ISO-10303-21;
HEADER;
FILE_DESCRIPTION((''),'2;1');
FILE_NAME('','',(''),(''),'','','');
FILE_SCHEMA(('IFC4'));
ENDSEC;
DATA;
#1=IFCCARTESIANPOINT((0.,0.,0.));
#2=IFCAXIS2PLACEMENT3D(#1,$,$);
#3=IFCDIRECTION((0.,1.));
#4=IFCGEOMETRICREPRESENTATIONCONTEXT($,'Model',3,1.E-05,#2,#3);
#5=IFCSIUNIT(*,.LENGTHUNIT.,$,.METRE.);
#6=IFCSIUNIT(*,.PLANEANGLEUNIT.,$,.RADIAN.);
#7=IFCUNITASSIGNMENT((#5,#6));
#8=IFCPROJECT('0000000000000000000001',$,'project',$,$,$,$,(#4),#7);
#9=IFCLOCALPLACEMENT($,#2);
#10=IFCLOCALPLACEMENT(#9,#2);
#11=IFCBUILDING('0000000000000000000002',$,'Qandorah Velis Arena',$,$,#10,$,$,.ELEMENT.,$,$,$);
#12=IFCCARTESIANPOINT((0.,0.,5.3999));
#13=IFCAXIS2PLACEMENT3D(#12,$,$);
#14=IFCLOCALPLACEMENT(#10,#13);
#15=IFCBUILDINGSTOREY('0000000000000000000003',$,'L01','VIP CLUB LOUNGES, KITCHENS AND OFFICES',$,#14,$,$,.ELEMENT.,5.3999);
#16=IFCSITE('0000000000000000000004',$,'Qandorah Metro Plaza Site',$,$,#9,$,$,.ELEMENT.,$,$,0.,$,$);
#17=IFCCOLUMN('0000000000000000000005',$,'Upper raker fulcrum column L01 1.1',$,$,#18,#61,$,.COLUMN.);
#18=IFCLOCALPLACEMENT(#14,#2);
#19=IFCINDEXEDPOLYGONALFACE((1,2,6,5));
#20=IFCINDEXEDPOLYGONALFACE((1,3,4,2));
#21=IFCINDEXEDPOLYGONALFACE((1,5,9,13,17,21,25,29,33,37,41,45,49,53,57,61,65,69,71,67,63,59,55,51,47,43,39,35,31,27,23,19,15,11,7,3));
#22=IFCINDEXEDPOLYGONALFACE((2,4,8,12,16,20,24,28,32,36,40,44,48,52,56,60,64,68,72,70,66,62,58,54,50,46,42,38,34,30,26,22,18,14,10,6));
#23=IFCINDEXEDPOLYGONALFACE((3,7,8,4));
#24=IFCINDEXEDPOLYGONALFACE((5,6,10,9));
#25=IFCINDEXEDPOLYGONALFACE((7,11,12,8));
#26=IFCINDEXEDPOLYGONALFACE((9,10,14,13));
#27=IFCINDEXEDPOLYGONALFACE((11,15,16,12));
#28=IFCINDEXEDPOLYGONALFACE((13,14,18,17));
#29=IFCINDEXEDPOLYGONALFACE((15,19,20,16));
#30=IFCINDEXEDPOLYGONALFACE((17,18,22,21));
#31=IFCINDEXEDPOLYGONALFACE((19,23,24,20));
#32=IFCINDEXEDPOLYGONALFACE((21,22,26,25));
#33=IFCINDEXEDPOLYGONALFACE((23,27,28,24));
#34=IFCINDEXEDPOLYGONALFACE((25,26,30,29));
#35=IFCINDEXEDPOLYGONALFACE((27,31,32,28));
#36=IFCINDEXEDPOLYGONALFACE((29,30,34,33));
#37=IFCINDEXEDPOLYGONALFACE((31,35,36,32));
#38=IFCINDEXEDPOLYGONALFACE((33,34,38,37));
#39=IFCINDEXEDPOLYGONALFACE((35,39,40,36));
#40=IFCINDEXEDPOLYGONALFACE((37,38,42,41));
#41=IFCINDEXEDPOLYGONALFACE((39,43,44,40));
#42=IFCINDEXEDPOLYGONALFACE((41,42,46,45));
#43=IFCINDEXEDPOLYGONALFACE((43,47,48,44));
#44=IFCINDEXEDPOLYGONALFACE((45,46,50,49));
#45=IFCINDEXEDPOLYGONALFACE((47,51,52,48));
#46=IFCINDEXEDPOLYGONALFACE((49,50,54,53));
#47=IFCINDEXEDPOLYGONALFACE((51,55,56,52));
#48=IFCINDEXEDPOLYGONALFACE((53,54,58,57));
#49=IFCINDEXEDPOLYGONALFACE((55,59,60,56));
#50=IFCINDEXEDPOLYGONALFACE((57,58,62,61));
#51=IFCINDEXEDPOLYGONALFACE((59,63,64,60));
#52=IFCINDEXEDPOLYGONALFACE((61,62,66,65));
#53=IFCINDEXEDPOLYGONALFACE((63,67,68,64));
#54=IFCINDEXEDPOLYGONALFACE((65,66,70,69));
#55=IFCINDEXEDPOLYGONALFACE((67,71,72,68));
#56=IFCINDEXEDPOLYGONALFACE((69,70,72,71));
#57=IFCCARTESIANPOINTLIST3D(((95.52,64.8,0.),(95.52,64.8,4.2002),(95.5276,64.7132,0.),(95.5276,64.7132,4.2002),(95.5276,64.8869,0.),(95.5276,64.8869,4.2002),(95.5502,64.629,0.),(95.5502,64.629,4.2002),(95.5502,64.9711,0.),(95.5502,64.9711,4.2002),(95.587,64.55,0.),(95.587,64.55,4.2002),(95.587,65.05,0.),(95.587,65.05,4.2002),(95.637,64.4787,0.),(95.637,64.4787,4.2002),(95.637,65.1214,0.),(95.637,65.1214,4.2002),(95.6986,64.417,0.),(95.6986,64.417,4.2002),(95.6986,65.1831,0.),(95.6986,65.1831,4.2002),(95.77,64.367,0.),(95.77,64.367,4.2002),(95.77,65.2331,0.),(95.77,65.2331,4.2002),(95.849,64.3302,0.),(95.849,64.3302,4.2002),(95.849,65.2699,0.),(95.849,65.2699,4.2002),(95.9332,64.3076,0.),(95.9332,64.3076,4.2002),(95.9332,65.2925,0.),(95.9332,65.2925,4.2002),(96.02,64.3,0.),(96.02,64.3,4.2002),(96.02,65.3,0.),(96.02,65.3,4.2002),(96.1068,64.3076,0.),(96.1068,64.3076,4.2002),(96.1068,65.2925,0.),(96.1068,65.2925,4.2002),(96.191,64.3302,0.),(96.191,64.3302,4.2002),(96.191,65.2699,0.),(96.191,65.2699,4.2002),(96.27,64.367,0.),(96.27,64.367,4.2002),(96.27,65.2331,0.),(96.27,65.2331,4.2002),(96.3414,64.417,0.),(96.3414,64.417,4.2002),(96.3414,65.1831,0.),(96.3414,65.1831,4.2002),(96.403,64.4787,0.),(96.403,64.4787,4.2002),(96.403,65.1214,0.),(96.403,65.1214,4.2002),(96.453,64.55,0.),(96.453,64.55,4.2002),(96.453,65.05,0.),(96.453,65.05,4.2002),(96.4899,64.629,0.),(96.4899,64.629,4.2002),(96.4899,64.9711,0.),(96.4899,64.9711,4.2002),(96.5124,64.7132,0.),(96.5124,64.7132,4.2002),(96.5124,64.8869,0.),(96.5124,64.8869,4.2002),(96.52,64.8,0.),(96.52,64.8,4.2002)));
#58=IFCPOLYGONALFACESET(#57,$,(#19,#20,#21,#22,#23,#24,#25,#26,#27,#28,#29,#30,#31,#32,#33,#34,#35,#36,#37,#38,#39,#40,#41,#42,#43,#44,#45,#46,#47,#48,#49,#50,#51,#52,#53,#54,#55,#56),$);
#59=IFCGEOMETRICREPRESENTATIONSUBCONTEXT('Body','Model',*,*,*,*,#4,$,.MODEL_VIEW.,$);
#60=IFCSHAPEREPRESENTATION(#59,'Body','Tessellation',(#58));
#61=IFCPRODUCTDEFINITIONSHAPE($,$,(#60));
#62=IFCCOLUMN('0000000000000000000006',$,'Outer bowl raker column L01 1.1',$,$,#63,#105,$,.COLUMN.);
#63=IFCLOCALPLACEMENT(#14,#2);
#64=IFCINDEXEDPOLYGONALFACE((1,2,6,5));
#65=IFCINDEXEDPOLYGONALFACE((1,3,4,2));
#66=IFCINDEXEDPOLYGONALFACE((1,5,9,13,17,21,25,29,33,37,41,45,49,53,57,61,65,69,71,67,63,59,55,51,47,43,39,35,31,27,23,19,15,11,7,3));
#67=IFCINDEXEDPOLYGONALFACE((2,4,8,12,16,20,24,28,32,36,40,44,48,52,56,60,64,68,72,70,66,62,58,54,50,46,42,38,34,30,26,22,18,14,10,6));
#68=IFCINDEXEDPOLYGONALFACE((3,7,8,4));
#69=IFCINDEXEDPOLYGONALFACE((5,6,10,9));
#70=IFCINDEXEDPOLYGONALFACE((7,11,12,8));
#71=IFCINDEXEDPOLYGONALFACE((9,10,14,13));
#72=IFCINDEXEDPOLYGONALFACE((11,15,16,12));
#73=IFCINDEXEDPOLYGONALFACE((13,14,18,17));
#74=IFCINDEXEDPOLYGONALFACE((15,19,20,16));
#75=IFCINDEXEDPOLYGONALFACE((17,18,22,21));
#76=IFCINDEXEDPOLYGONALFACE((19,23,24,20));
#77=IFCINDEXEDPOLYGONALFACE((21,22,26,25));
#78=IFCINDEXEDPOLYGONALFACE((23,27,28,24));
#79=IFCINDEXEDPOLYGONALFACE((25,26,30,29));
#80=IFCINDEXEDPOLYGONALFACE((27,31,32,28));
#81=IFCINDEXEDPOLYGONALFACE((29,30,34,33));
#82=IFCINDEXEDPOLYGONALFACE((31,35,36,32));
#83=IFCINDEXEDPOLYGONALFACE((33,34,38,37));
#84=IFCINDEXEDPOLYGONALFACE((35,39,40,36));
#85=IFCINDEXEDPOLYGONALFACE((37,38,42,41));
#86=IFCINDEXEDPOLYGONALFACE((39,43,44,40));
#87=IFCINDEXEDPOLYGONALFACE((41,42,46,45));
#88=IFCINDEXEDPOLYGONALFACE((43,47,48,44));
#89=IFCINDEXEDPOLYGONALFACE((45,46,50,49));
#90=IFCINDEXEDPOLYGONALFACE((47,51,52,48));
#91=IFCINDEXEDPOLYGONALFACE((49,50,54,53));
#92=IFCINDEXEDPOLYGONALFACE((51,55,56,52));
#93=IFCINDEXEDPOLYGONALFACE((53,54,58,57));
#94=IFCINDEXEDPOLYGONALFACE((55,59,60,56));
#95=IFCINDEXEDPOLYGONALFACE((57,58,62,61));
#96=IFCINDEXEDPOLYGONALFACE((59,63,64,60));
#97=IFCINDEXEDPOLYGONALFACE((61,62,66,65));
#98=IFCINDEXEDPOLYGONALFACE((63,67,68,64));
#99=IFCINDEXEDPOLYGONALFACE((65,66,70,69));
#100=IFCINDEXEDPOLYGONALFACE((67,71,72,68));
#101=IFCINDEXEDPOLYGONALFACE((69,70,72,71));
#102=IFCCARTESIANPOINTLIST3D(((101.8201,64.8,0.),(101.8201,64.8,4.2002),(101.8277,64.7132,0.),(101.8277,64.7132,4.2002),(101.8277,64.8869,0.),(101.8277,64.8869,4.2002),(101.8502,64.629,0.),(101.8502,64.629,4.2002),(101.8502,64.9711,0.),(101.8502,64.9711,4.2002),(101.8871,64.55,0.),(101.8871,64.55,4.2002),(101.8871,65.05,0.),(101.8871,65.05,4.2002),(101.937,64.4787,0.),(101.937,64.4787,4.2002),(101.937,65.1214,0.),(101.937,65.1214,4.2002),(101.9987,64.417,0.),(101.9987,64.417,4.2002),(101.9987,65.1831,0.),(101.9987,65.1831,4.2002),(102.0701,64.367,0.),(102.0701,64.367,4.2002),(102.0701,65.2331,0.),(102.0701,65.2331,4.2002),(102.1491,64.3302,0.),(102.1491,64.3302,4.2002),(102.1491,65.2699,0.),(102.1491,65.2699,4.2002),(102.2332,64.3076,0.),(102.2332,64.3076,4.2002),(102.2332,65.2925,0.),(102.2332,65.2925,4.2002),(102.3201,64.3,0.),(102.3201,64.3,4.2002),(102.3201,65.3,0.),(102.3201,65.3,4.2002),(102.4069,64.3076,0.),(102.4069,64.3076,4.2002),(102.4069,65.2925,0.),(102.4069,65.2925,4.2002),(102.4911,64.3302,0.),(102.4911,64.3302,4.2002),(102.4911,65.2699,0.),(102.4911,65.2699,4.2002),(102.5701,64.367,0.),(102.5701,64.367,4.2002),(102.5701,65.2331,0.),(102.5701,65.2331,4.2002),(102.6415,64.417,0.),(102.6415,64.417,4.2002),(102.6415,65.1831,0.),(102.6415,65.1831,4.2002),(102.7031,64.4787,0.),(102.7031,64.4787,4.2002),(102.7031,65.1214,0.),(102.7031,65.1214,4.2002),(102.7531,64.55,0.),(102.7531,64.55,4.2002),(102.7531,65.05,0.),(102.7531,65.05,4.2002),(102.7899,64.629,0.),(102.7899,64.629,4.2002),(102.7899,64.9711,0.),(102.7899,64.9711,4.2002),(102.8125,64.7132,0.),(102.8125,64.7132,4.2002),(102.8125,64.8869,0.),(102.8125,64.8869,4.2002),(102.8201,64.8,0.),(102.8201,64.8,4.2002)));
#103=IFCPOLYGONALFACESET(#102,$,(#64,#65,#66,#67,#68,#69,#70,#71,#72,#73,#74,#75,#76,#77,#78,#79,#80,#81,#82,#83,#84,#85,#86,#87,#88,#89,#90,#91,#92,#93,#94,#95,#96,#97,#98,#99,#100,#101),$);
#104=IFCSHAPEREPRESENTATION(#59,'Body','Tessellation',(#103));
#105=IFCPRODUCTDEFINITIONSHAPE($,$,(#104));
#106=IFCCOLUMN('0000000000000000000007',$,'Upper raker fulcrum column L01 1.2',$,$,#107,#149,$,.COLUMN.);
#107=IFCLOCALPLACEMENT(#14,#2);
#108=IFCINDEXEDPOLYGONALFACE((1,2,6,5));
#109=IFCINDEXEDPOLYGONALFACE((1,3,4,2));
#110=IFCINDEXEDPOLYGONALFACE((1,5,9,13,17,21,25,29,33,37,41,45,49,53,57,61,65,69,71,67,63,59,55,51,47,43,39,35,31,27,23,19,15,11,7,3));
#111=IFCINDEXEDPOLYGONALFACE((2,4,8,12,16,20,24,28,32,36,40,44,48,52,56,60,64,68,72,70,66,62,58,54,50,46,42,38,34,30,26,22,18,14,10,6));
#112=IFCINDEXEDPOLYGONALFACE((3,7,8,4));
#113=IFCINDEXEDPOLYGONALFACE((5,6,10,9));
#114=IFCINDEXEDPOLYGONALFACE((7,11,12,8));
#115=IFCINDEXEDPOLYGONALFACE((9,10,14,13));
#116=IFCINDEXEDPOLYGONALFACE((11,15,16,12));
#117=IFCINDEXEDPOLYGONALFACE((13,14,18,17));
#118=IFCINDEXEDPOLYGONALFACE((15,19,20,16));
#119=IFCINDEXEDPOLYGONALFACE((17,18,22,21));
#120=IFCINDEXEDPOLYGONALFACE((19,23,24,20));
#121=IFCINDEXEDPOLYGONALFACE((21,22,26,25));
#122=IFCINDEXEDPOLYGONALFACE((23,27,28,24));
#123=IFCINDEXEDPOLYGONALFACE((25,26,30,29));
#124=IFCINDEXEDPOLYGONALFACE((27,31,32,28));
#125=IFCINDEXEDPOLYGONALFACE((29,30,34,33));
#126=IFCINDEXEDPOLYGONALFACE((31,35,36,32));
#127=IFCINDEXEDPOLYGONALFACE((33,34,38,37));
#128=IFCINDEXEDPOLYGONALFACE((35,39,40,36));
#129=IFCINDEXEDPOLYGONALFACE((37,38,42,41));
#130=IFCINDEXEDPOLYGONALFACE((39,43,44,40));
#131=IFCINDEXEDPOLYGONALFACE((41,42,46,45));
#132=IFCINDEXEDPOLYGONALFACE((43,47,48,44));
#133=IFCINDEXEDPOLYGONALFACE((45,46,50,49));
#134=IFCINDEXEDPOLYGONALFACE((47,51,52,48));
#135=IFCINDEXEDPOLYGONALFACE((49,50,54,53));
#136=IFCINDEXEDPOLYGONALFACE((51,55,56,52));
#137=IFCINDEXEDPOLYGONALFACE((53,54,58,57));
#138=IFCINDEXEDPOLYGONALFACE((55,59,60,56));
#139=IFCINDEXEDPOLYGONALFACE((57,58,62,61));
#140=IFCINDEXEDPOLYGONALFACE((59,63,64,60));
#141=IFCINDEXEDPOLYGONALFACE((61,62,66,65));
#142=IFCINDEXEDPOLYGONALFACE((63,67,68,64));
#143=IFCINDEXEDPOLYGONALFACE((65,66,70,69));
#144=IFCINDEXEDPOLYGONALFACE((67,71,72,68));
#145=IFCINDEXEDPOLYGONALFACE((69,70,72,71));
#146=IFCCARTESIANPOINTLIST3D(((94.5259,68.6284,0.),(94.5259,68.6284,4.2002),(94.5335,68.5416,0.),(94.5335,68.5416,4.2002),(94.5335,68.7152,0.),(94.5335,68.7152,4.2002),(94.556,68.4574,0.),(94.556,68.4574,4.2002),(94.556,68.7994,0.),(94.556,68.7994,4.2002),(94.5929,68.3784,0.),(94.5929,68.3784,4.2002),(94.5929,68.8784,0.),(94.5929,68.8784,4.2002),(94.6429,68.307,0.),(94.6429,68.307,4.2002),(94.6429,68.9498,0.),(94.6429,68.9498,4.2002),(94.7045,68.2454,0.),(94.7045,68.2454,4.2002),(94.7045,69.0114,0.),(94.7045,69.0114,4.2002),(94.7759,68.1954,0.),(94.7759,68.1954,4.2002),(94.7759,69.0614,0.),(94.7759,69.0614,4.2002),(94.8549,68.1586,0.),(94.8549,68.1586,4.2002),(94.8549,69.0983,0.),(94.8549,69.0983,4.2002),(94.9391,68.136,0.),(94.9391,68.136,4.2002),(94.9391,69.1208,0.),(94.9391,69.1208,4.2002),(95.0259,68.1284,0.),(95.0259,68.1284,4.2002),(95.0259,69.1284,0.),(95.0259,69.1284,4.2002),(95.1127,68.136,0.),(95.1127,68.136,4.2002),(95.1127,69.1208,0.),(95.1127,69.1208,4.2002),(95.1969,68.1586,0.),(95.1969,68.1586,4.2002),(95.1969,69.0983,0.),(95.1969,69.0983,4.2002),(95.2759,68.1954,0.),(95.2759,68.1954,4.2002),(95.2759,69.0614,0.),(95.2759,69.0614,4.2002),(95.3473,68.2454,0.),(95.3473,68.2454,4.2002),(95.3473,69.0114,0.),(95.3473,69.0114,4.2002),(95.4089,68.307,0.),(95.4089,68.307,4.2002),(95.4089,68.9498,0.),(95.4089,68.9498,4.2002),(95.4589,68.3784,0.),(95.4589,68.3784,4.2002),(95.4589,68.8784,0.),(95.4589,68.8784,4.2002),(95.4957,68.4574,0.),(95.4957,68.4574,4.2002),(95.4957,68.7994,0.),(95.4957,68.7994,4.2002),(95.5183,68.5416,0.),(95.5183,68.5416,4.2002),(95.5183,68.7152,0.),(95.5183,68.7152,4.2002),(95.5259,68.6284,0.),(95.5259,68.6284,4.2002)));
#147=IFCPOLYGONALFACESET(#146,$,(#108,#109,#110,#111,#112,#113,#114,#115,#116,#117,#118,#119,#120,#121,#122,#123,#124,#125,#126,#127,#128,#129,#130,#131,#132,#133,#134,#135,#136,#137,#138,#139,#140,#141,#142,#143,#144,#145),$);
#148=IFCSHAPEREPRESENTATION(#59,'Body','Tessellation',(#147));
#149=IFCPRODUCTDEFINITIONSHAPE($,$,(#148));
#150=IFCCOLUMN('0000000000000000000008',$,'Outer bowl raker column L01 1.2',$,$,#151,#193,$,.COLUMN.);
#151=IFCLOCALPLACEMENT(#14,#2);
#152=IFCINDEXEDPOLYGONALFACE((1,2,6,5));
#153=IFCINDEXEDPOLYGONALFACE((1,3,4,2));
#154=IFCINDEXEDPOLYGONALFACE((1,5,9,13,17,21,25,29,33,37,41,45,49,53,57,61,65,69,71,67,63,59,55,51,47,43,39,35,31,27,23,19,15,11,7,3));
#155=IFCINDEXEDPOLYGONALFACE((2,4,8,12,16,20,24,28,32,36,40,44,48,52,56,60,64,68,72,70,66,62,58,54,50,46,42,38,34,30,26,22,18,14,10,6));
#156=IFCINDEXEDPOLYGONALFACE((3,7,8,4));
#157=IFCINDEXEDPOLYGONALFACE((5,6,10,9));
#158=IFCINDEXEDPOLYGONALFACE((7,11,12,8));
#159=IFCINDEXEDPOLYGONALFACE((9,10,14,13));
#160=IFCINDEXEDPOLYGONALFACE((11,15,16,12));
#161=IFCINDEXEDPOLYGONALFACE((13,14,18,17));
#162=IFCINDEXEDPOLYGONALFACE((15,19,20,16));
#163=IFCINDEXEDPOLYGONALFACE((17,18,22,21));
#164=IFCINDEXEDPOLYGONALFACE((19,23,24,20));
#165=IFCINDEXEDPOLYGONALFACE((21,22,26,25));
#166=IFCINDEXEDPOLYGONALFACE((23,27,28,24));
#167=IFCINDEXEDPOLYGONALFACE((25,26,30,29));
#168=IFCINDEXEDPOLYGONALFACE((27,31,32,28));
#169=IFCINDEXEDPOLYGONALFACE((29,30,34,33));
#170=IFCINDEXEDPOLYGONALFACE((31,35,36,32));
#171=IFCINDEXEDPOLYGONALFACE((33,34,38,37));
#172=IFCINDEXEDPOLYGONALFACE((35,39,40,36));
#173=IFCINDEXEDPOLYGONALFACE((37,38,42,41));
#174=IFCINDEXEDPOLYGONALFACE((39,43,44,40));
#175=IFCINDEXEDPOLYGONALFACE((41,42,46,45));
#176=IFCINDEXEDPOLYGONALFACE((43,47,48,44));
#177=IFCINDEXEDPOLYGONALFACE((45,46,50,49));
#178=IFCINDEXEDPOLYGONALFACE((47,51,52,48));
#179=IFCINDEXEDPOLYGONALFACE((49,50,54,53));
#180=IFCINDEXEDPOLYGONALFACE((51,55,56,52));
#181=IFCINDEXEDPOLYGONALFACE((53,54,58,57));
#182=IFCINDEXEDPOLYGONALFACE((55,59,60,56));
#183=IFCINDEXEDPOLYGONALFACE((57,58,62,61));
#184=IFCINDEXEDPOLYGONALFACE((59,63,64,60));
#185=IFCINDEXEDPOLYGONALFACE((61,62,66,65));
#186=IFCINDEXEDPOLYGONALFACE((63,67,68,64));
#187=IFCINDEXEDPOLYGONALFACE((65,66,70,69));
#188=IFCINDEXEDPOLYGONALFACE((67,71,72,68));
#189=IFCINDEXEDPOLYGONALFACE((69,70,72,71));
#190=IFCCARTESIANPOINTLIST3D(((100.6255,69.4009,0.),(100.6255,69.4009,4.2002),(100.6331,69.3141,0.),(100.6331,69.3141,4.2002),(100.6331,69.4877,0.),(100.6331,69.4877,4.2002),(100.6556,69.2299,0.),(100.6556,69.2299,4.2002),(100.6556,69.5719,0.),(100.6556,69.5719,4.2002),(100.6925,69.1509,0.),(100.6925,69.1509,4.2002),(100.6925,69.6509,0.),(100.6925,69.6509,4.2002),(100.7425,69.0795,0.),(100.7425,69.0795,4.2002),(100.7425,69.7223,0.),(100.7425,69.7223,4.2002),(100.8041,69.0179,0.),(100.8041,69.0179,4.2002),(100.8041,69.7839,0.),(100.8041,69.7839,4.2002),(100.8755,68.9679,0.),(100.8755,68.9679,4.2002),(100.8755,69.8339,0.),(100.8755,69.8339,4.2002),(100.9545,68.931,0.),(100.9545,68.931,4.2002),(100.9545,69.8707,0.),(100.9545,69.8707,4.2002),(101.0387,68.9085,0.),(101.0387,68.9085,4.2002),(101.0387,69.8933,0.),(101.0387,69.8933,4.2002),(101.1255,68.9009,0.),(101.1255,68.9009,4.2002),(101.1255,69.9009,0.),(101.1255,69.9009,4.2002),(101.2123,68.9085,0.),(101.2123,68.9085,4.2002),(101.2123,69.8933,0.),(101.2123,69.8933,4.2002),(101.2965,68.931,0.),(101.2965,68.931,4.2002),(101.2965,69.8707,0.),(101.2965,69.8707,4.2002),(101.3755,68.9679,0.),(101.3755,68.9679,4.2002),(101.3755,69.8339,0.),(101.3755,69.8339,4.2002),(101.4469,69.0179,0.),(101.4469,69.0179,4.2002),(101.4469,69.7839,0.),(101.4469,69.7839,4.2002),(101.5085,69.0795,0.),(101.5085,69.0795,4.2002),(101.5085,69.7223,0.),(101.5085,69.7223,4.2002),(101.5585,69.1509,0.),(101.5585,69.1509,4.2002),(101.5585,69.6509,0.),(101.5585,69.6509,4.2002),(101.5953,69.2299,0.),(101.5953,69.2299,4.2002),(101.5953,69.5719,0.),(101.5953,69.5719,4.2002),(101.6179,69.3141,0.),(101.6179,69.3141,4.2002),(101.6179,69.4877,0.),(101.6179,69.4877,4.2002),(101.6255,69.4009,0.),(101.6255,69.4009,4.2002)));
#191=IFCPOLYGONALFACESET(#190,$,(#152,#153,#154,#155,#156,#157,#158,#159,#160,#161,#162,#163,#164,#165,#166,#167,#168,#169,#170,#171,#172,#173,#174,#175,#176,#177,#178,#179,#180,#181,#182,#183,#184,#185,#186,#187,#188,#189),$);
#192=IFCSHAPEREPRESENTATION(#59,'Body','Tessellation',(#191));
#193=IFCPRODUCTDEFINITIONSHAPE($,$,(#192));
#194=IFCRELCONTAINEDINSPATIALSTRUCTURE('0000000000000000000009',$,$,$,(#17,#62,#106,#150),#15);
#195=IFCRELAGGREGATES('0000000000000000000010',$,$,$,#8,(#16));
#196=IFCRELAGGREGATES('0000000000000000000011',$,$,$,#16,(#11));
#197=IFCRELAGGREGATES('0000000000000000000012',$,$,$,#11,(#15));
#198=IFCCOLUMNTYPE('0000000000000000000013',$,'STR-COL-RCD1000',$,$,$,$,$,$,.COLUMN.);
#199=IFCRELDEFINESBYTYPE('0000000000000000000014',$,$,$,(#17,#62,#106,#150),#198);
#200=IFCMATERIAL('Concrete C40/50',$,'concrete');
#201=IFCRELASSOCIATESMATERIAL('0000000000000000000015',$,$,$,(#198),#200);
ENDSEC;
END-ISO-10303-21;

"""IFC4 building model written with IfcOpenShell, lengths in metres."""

from ifc_helpers import new_model, si_unit, direction, frame, origin, origin_2d, place, context, subcontext, project, spatial, circle, extrude, material, material_profile, profile_set, type_object, element, save


model = new_model("IFC4")

# Units and contexts
model_context = context("Model", 3, precision=1e-05, world=origin(), true_north=direction((0.0, 1.0)))
body_context = subcontext(model_context, "Body", "Model", "MODEL_VIEW")
ifc_project = project(units=[si_unit("LENGTHUNIT", "METRE"), si_unit("PLANEANGLEUNIT", "RADIAN")], contexts=[model_context])

# Site, building, storey
site_placement = place(None, origin())
site = spatial("IfcSite", under=ifc_project, at=site_placement, Name="Qandorah Metro Plaza Site", CompositionType="ELEMENT", RefElevation=0.0)
building_placement = place(site_placement, origin())
building = spatial("IfcBuilding", under=site, at=building_placement, Name="Qandorah Velis Arena", CompositionType="ELEMENT")
storey_placement = place(building_placement, frame((0.0, 0.0, 5.3999)))
storey = spatial("IfcBuildingStorey", under=building, at=storey_placement, Name="L01", Description="VIP CLUB LOUNGES, KITCHENS AND OFFICES", CompositionType="ELEMENT", Elevation=5.3999)

# Columns
ifc_material_1 = material(Name="Concrete C40/50", Category="concrete")
ifc_material_profile_1 = material_profile(ifc_material_1, circle(Radius=0.5, at=origin_2d()), Name="RC D1000")
ifc_profile_set_1 = profile_set([ifc_material_profile_1], Name="Concrete C40/50")
column_type = type_object("IfcColumnType", Name="STR-COL-RCD1000", PredefinedType="COLUMN", material=ifc_profile_set_1)
for number, where, z_axis, x_axis, name in (
    (1, (96.02, 64.8, 0.0), (0.0, 0.0, 1.0), (1.0, 0.0, 0.0), "Upper raker fulcrum column L01 1.1"),
    (2, (102.3201, 64.8, 0.0), (0.0, 0.0, 1.0), (1.0, 0.0, 0.0), "Outer bowl raker column L01 1.1"),
    (3, (95.0259, 68.6284, 0.0), (0.0, 0.0, 1.0), (1.0, 0.0, 0.0), "Upper raker fulcrum column L01 1.2"),
    (4, (101.1255, 69.4009, 0.0), (0.0, 0.0, 1.0), (1.0, 0.0, 0.0), "Outer bowl raker column L01 1.2"),
):
    element("IfcColumn", number, at=place(storey_placement, frame(where, z_axis=z_axis, x_axis=x_axis)), inside=storey, type_object=column_type, Name=name, PredefinedType="COLUMN", context=body_context, shape_type="SweptSolid", body=[
        extrude(circle(Radius=0.5, at=origin_2d()), origin(), (0.0, 0.0, 1.0), 4.2002),
    ])

save(model, "model.ifc")
